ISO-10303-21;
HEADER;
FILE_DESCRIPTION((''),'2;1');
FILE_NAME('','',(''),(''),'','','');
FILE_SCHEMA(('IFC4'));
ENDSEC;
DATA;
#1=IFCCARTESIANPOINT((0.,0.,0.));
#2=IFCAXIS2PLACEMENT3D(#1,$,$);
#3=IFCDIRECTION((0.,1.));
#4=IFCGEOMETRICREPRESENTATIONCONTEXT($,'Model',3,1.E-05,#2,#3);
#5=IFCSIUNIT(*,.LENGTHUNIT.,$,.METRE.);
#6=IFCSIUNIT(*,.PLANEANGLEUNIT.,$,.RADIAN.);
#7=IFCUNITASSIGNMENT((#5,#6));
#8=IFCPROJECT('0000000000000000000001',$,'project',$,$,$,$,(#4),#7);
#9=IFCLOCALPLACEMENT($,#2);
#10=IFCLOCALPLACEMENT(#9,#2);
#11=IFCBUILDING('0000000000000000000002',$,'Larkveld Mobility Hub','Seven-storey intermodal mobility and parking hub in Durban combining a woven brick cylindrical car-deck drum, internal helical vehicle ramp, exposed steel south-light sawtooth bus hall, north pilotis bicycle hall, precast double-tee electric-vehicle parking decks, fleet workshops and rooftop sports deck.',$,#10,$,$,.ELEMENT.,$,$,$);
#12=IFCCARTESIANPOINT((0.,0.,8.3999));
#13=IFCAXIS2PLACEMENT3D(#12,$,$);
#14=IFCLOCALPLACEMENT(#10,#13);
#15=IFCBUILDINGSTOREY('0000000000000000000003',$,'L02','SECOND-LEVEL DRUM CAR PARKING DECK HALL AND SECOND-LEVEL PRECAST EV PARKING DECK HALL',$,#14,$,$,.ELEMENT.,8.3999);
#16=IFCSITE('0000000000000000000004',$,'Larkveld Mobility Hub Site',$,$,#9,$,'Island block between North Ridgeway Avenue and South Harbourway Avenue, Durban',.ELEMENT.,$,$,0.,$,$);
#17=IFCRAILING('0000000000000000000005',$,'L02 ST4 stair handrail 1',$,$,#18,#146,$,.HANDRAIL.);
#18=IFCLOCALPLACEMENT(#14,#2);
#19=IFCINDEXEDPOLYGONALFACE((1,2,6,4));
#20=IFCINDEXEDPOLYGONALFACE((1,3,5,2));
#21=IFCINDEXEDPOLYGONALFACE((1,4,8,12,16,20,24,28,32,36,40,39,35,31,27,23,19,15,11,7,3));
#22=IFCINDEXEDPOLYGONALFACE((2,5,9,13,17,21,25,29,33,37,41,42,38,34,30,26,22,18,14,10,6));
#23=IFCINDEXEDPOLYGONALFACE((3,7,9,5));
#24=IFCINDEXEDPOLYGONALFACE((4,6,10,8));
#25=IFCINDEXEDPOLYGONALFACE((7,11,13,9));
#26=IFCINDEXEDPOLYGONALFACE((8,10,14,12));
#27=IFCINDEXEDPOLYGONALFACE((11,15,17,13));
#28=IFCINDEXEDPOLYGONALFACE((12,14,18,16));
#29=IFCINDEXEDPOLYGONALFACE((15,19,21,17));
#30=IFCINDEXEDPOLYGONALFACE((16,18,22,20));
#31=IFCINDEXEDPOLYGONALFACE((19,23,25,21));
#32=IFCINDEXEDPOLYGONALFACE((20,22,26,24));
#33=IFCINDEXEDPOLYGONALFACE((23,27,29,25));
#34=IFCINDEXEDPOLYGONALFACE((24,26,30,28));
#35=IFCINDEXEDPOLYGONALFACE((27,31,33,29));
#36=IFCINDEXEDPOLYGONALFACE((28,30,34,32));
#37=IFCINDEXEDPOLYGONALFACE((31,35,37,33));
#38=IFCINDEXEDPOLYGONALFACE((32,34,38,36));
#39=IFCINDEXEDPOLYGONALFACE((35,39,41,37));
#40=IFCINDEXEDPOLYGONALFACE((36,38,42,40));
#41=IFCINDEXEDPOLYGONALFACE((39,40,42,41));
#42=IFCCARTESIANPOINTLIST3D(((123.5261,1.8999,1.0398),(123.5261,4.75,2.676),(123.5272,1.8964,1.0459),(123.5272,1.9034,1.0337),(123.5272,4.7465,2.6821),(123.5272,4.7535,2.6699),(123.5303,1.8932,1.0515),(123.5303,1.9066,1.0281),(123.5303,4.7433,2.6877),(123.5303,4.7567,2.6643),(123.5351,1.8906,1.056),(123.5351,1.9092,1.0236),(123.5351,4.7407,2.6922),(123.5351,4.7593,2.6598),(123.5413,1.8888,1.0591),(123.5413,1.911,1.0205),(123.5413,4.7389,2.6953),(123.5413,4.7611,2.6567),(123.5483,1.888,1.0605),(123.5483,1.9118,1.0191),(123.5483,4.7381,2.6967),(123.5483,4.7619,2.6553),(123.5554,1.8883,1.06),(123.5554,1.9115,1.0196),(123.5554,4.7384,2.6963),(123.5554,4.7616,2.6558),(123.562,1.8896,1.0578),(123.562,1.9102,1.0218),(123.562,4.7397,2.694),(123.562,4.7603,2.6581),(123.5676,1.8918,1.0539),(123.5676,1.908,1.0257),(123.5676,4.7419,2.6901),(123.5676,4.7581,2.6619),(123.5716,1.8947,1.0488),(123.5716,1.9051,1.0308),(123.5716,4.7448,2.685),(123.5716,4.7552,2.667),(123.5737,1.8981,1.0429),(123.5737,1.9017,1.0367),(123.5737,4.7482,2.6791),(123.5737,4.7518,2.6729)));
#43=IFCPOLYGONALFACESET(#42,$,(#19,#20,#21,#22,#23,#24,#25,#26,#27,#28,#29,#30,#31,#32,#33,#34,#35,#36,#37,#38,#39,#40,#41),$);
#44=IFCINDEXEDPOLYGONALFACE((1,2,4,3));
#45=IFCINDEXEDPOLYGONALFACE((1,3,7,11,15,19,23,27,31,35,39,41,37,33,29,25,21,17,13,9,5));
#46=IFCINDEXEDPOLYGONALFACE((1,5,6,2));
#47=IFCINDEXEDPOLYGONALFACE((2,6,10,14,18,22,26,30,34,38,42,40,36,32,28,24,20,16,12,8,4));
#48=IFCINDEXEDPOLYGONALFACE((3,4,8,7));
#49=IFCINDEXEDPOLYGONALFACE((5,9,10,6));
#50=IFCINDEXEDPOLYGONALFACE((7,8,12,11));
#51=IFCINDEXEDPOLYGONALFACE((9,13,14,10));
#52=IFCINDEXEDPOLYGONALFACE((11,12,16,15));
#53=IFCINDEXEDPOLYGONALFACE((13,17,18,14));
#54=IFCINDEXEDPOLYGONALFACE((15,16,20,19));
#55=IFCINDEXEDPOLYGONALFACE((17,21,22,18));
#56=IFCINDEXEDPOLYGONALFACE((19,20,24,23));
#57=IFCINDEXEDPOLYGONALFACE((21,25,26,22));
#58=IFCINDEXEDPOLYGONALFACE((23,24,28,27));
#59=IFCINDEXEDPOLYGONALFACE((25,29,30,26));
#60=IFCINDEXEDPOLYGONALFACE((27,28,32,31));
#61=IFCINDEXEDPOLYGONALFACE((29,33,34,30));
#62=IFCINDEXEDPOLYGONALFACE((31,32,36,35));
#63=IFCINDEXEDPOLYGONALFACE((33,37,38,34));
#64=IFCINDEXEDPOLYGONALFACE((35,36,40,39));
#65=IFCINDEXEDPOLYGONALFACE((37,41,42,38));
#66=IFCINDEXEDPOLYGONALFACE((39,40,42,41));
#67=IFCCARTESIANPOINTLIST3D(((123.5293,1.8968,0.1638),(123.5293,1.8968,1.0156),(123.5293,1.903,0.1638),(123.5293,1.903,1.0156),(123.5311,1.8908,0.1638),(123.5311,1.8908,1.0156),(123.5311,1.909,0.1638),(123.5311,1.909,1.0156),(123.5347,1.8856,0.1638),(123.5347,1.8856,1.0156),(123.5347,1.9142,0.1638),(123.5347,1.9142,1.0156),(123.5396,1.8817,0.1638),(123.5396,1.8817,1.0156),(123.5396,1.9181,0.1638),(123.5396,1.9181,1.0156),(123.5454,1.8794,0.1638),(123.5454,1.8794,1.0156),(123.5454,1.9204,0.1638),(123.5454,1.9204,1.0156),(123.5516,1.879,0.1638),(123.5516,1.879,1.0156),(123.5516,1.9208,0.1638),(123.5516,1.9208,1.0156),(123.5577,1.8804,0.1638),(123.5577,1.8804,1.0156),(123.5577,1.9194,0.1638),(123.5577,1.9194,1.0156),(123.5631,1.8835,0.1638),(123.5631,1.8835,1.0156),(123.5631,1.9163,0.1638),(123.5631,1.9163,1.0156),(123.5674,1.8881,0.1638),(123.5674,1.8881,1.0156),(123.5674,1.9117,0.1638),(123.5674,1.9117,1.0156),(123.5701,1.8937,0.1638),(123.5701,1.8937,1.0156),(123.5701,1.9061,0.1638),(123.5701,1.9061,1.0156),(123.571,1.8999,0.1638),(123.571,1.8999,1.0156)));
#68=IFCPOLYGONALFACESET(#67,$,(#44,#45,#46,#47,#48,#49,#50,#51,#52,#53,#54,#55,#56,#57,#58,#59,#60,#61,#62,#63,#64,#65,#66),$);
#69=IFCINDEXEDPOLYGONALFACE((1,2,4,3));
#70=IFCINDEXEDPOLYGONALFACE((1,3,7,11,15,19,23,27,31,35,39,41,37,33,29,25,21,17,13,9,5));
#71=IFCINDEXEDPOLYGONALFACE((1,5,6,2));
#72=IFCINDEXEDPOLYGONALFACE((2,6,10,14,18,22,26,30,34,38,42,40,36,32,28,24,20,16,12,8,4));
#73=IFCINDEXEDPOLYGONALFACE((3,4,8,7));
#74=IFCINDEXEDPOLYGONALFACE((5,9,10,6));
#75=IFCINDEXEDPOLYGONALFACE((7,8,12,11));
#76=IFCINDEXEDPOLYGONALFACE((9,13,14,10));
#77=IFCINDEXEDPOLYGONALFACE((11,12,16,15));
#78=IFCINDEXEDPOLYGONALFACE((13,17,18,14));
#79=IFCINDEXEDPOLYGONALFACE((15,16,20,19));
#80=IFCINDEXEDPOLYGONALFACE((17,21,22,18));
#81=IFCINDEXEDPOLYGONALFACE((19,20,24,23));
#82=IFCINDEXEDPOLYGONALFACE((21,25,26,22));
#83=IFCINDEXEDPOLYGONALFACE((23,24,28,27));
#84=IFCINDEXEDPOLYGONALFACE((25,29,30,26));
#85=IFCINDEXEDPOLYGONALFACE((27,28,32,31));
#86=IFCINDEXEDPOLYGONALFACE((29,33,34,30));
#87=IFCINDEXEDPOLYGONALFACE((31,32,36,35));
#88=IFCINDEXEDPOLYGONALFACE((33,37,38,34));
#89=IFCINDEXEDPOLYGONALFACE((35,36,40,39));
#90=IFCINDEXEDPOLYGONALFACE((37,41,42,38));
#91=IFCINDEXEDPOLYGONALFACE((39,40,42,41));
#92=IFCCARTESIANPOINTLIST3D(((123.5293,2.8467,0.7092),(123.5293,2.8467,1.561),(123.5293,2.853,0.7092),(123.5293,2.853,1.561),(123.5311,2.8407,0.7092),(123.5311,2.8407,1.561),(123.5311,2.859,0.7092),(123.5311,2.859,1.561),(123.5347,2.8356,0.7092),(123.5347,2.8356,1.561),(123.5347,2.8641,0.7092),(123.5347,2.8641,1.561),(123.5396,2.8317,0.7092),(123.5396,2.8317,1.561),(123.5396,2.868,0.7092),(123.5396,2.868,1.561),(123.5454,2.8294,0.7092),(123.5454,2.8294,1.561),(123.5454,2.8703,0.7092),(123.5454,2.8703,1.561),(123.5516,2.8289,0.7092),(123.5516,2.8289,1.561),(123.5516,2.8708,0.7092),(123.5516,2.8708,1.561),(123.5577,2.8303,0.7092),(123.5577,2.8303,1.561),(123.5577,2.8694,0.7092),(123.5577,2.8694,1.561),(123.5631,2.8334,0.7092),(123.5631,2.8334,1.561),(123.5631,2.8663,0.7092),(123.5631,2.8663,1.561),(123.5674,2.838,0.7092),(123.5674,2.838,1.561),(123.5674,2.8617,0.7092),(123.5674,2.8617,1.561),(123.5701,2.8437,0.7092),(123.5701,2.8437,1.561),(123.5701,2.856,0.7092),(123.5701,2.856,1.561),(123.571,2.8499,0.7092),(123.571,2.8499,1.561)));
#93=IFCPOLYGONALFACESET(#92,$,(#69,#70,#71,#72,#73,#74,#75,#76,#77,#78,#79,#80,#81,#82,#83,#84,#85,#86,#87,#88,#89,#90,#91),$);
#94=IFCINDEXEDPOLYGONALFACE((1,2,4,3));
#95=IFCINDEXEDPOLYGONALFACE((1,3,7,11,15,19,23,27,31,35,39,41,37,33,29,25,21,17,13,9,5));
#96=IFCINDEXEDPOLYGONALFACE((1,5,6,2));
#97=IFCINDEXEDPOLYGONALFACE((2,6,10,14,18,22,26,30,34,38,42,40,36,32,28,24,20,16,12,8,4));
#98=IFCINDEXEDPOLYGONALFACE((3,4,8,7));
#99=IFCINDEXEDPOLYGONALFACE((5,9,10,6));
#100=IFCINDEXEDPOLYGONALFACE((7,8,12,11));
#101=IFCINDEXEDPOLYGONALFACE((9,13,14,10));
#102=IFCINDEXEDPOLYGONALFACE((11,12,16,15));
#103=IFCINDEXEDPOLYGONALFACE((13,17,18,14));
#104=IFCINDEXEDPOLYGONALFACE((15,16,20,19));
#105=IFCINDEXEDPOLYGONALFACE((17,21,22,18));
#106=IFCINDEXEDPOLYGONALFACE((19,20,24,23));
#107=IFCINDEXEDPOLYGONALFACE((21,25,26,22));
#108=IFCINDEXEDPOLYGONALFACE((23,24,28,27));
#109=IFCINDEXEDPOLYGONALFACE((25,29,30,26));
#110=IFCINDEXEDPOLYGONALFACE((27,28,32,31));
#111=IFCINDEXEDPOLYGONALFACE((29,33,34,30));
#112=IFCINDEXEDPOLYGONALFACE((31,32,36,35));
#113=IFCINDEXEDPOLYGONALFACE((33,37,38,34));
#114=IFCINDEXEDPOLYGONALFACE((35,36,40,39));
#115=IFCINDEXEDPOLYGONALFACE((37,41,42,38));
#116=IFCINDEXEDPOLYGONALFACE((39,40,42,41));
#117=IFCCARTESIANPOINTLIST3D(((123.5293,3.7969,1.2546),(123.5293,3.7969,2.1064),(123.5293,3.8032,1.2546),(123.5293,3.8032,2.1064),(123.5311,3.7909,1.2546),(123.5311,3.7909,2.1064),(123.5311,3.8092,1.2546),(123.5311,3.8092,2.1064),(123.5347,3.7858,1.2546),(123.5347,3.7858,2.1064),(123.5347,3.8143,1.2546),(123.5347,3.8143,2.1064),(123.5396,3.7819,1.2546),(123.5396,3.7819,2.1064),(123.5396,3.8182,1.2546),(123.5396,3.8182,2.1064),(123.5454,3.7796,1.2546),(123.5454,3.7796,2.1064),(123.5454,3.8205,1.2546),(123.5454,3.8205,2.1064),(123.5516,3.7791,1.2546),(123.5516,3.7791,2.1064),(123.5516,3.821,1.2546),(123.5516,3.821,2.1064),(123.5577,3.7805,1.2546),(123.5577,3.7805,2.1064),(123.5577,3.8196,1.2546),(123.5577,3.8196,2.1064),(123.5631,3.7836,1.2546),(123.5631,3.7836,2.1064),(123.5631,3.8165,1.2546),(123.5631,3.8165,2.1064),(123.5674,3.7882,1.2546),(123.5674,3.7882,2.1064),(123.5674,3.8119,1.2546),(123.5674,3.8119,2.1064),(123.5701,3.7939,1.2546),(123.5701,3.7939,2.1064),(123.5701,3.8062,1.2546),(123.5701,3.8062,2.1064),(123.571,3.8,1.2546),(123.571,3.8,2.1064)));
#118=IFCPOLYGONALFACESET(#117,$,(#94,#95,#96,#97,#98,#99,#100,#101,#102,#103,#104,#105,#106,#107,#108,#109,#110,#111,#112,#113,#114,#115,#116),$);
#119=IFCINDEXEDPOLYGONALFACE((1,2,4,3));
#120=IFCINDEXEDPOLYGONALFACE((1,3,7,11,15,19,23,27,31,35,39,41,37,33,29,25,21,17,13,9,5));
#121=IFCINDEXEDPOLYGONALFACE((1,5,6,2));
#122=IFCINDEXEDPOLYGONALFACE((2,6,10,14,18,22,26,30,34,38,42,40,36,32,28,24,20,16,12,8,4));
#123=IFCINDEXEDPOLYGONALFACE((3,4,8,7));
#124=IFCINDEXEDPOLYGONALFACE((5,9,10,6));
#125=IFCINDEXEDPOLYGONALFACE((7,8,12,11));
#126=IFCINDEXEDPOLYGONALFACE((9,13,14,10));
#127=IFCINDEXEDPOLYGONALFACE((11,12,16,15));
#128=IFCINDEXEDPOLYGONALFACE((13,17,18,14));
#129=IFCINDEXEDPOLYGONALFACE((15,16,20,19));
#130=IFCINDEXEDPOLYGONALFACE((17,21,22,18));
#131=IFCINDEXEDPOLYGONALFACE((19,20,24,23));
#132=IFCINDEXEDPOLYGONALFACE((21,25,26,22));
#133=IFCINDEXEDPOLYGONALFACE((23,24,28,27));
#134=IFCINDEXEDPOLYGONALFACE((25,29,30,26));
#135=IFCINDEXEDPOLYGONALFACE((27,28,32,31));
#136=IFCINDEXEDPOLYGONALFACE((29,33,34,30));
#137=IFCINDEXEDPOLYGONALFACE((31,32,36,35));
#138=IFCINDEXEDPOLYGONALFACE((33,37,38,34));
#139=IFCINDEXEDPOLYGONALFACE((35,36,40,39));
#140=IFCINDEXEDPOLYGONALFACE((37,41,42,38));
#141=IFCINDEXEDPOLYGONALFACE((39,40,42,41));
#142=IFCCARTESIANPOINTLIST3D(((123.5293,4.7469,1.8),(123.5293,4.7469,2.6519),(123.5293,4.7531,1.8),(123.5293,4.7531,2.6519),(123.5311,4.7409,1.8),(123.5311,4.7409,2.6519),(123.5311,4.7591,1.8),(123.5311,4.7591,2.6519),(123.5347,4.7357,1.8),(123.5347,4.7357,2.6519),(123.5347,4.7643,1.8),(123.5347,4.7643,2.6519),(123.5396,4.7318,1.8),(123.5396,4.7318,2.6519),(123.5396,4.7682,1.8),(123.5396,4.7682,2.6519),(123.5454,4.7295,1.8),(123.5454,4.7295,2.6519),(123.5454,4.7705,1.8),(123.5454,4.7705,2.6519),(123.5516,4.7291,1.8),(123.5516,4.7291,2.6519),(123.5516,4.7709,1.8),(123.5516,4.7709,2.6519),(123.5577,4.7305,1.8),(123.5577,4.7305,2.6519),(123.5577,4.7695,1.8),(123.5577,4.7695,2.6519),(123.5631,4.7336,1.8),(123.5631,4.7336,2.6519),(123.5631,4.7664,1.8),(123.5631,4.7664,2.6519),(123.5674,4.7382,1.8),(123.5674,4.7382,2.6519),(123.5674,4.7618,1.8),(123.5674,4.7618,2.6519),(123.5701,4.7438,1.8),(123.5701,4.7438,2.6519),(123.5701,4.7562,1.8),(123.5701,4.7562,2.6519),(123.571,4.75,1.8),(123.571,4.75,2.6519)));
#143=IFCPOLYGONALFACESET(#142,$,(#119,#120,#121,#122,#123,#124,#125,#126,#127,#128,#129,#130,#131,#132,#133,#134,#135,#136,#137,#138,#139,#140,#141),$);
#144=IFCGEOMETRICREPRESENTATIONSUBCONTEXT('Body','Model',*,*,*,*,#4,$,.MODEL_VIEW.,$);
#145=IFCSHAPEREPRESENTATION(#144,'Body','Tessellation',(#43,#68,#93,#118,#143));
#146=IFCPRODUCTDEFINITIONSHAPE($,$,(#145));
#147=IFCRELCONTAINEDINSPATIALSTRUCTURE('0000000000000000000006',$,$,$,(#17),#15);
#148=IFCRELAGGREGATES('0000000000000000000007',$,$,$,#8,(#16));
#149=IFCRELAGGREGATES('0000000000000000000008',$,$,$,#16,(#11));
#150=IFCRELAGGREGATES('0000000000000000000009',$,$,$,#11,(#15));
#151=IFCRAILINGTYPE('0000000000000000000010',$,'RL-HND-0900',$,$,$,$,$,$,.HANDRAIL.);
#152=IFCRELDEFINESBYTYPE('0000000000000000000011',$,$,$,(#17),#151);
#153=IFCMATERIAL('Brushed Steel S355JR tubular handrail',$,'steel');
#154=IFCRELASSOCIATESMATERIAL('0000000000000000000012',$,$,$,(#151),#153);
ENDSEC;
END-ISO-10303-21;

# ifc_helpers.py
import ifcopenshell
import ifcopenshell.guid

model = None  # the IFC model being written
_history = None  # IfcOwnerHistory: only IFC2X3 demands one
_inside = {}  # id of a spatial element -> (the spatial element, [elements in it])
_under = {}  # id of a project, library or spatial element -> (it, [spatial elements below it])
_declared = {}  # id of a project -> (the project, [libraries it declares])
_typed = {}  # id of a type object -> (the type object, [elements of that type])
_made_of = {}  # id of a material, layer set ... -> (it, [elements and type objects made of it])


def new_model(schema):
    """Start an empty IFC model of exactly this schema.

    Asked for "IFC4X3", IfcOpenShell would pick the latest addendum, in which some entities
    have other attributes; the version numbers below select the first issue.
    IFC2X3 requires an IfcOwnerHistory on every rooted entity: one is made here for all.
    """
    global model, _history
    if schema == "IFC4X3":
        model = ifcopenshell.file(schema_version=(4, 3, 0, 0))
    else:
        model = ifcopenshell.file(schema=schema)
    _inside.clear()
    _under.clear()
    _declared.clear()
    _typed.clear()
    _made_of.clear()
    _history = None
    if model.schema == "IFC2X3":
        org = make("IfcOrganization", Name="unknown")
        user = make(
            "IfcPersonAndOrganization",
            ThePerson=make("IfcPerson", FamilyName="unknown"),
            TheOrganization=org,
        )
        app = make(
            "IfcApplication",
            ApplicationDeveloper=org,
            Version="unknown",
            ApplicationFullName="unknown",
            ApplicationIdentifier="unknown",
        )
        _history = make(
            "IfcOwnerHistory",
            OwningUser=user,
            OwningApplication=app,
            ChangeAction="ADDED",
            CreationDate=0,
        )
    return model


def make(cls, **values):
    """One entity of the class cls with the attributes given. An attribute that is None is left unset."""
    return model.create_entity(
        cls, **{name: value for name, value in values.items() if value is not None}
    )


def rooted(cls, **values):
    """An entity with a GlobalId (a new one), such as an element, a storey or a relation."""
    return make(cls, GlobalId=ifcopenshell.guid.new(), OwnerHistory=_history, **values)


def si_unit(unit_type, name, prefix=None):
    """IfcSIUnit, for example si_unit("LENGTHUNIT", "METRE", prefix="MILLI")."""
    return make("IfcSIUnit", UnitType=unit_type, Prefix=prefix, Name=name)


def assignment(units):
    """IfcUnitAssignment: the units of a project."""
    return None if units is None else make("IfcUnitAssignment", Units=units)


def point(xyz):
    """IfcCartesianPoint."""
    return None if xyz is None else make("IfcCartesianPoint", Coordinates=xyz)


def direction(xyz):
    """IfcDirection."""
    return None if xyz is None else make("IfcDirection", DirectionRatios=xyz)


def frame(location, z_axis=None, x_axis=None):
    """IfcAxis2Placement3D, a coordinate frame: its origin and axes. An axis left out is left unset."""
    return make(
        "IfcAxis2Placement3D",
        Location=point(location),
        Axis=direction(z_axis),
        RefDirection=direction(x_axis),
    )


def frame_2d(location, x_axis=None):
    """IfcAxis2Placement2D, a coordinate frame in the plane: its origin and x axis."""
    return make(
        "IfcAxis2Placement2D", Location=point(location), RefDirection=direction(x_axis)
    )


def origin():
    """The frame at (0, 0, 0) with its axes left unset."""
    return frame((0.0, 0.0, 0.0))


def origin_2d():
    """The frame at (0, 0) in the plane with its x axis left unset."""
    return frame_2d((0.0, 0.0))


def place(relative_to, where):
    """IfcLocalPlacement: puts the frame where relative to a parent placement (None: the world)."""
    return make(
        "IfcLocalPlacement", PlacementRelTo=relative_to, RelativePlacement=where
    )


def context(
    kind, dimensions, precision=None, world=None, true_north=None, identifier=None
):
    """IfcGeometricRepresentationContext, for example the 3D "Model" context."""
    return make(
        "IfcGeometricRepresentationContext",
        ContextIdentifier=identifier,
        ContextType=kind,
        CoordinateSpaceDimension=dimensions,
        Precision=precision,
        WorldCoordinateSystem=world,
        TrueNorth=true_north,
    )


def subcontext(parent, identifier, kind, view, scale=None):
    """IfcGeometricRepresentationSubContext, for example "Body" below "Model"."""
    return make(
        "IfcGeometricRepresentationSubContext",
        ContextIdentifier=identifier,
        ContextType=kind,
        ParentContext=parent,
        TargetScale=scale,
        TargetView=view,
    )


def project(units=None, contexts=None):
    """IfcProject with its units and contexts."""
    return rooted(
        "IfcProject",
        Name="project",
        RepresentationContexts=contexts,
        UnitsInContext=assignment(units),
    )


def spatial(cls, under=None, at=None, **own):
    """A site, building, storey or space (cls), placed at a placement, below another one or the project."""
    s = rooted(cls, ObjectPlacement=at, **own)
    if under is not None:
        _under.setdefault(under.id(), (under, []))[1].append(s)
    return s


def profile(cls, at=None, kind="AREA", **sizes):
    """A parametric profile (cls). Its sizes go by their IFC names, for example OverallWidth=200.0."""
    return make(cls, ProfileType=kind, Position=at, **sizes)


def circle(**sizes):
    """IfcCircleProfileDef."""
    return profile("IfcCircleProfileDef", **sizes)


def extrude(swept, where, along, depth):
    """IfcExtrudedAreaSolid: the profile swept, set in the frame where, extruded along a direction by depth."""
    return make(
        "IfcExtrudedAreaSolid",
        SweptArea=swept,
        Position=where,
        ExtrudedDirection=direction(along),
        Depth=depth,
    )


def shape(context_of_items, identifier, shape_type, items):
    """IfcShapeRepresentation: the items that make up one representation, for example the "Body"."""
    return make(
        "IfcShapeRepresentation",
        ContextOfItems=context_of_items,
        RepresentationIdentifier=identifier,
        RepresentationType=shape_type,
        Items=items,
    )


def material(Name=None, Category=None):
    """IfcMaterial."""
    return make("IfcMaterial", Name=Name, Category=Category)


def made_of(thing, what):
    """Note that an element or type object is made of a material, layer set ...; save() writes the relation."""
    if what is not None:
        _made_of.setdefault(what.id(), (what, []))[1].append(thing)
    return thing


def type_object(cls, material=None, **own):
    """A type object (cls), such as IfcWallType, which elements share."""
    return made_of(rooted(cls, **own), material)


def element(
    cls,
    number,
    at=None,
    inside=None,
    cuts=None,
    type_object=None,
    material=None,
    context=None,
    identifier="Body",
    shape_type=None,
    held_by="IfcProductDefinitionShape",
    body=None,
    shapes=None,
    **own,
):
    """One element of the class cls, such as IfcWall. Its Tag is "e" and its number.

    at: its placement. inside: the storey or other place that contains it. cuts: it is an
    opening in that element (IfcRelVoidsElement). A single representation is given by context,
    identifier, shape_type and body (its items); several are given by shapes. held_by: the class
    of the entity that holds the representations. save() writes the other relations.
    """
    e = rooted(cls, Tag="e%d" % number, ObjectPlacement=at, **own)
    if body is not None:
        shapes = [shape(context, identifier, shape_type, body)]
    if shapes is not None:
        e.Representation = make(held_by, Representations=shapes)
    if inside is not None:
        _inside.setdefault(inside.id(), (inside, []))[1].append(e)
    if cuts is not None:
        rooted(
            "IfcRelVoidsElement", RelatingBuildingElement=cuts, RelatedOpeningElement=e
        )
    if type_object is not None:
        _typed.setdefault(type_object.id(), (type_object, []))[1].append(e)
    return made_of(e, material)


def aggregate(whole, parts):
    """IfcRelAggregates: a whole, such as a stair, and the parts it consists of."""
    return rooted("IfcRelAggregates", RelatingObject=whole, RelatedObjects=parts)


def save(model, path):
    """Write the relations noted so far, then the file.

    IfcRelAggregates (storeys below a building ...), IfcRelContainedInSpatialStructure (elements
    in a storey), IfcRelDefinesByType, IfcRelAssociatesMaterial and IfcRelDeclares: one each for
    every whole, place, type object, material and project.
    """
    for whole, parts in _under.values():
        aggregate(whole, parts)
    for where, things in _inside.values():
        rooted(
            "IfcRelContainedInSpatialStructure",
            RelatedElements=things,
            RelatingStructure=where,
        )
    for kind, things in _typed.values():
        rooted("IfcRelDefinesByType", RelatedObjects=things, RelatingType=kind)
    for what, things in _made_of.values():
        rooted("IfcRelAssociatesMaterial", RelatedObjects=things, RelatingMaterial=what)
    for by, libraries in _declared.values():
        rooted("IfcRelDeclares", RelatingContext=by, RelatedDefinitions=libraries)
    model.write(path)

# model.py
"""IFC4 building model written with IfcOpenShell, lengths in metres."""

from ifc_helpers import new_model, si_unit, direction, frame, origin, origin_2d, place, context, subcontext, project, spatial, circle, extrude, material, type_object, element, save


model = new_model("IFC4")

# Units and contexts
model_context = context("Model", 3, precision=1e-05, world=origin(), true_north=direction((0.0, 1.0)))
body_context = subcontext(model_context, "Body", "Model", "MODEL_VIEW")
ifc_project = project(units=[si_unit("LENGTHUNIT", "METRE"), si_unit("PLANEANGLEUNIT", "RADIAN")], contexts=[model_context])

# Site, building, storey
site_placement = place(None, origin())
site = spatial("IfcSite", under=ifc_project, at=site_placement, Name="Larkveld Mobility Hub Site", LongName="Island block between North Ridgeway Avenue and South Harbourway Avenue, Durban", CompositionType="ELEMENT", RefElevation=0.0)
building_placement = place(site_placement, origin())
building = spatial("IfcBuilding", under=site, at=building_placement, Name="Larkveld Mobility Hub", Description="Seven-storey intermodal mobility and parking hub in Durban combining a woven brick cylindrical car-deck drum, internal helical vehicle ramp, exposed steel south-light sawtooth bus hall, north pilotis bicycle hall, precast double-tee electric-vehicle parking decks, fleet workshops and rooftop sports deck.", CompositionType="ELEMENT")
storey_placement = place(building_placement, frame((0.0, 0.0, 8.3999)))
storey = spatial("IfcBuildingStorey", under=building, at=storey_placement, Name="L02", Description="SECOND-LEVEL DRUM CAR PARKING DECK HALL AND SECOND-LEVEL PRECAST EV PARKING DECK HALL", CompositionType="ELEMENT", Elevation=8.3999)

# Railing
ifc_material_1 = material(Name="Brushed Steel S355JR tubular handrail", Category="steel")
railing_type_1 = type_object("IfcRailingType", Name="RL-HND-0900", PredefinedType="HANDRAIL", material=ifc_material_1)
railing_1_placement = place(storey_placement, frame((123.55, 1.8999, 0.1638)))
element("IfcRailing", 1, at=railing_1_placement, inside=storey, type_object=railing_type_1, Name="L02 ST4 stair handrail 1", PredefinedType="HANDRAIL", context=body_context, shape_type="SweptSolid", body=[
    extrude(circle(Radius=0.0239, at=origin_2d()), frame((0.0, 0.0, 0.876), z_axis=(0.0, 0.867245, 0.497882), x_axis=(-1.0, 0.0, 0.0)), (0.0, 0.0, 1.0), 3.2864),
    extrude(circle(Radius=0.021, at=origin_2d()), origin(), (0.0, 0.0, 1.0), 0.8518),
    extrude(circle(Radius=0.021, at=origin_2d()), frame((0.0, 0.95, 0.5454)), (0.0, 0.0, 1.0), 0.8518),
    extrude(circle(Radius=0.021, at=origin_2d()), frame((0.0, 1.9001, 1.0908)), (0.0, 0.0, 1.0), 0.8518),
    extrude(circle(Radius=0.021, at=origin_2d()), frame((0.0, 2.8501, 1.6362)), (0.0, 0.0, 1.0), 0.8518),
])

save(model, "model.ifc")
